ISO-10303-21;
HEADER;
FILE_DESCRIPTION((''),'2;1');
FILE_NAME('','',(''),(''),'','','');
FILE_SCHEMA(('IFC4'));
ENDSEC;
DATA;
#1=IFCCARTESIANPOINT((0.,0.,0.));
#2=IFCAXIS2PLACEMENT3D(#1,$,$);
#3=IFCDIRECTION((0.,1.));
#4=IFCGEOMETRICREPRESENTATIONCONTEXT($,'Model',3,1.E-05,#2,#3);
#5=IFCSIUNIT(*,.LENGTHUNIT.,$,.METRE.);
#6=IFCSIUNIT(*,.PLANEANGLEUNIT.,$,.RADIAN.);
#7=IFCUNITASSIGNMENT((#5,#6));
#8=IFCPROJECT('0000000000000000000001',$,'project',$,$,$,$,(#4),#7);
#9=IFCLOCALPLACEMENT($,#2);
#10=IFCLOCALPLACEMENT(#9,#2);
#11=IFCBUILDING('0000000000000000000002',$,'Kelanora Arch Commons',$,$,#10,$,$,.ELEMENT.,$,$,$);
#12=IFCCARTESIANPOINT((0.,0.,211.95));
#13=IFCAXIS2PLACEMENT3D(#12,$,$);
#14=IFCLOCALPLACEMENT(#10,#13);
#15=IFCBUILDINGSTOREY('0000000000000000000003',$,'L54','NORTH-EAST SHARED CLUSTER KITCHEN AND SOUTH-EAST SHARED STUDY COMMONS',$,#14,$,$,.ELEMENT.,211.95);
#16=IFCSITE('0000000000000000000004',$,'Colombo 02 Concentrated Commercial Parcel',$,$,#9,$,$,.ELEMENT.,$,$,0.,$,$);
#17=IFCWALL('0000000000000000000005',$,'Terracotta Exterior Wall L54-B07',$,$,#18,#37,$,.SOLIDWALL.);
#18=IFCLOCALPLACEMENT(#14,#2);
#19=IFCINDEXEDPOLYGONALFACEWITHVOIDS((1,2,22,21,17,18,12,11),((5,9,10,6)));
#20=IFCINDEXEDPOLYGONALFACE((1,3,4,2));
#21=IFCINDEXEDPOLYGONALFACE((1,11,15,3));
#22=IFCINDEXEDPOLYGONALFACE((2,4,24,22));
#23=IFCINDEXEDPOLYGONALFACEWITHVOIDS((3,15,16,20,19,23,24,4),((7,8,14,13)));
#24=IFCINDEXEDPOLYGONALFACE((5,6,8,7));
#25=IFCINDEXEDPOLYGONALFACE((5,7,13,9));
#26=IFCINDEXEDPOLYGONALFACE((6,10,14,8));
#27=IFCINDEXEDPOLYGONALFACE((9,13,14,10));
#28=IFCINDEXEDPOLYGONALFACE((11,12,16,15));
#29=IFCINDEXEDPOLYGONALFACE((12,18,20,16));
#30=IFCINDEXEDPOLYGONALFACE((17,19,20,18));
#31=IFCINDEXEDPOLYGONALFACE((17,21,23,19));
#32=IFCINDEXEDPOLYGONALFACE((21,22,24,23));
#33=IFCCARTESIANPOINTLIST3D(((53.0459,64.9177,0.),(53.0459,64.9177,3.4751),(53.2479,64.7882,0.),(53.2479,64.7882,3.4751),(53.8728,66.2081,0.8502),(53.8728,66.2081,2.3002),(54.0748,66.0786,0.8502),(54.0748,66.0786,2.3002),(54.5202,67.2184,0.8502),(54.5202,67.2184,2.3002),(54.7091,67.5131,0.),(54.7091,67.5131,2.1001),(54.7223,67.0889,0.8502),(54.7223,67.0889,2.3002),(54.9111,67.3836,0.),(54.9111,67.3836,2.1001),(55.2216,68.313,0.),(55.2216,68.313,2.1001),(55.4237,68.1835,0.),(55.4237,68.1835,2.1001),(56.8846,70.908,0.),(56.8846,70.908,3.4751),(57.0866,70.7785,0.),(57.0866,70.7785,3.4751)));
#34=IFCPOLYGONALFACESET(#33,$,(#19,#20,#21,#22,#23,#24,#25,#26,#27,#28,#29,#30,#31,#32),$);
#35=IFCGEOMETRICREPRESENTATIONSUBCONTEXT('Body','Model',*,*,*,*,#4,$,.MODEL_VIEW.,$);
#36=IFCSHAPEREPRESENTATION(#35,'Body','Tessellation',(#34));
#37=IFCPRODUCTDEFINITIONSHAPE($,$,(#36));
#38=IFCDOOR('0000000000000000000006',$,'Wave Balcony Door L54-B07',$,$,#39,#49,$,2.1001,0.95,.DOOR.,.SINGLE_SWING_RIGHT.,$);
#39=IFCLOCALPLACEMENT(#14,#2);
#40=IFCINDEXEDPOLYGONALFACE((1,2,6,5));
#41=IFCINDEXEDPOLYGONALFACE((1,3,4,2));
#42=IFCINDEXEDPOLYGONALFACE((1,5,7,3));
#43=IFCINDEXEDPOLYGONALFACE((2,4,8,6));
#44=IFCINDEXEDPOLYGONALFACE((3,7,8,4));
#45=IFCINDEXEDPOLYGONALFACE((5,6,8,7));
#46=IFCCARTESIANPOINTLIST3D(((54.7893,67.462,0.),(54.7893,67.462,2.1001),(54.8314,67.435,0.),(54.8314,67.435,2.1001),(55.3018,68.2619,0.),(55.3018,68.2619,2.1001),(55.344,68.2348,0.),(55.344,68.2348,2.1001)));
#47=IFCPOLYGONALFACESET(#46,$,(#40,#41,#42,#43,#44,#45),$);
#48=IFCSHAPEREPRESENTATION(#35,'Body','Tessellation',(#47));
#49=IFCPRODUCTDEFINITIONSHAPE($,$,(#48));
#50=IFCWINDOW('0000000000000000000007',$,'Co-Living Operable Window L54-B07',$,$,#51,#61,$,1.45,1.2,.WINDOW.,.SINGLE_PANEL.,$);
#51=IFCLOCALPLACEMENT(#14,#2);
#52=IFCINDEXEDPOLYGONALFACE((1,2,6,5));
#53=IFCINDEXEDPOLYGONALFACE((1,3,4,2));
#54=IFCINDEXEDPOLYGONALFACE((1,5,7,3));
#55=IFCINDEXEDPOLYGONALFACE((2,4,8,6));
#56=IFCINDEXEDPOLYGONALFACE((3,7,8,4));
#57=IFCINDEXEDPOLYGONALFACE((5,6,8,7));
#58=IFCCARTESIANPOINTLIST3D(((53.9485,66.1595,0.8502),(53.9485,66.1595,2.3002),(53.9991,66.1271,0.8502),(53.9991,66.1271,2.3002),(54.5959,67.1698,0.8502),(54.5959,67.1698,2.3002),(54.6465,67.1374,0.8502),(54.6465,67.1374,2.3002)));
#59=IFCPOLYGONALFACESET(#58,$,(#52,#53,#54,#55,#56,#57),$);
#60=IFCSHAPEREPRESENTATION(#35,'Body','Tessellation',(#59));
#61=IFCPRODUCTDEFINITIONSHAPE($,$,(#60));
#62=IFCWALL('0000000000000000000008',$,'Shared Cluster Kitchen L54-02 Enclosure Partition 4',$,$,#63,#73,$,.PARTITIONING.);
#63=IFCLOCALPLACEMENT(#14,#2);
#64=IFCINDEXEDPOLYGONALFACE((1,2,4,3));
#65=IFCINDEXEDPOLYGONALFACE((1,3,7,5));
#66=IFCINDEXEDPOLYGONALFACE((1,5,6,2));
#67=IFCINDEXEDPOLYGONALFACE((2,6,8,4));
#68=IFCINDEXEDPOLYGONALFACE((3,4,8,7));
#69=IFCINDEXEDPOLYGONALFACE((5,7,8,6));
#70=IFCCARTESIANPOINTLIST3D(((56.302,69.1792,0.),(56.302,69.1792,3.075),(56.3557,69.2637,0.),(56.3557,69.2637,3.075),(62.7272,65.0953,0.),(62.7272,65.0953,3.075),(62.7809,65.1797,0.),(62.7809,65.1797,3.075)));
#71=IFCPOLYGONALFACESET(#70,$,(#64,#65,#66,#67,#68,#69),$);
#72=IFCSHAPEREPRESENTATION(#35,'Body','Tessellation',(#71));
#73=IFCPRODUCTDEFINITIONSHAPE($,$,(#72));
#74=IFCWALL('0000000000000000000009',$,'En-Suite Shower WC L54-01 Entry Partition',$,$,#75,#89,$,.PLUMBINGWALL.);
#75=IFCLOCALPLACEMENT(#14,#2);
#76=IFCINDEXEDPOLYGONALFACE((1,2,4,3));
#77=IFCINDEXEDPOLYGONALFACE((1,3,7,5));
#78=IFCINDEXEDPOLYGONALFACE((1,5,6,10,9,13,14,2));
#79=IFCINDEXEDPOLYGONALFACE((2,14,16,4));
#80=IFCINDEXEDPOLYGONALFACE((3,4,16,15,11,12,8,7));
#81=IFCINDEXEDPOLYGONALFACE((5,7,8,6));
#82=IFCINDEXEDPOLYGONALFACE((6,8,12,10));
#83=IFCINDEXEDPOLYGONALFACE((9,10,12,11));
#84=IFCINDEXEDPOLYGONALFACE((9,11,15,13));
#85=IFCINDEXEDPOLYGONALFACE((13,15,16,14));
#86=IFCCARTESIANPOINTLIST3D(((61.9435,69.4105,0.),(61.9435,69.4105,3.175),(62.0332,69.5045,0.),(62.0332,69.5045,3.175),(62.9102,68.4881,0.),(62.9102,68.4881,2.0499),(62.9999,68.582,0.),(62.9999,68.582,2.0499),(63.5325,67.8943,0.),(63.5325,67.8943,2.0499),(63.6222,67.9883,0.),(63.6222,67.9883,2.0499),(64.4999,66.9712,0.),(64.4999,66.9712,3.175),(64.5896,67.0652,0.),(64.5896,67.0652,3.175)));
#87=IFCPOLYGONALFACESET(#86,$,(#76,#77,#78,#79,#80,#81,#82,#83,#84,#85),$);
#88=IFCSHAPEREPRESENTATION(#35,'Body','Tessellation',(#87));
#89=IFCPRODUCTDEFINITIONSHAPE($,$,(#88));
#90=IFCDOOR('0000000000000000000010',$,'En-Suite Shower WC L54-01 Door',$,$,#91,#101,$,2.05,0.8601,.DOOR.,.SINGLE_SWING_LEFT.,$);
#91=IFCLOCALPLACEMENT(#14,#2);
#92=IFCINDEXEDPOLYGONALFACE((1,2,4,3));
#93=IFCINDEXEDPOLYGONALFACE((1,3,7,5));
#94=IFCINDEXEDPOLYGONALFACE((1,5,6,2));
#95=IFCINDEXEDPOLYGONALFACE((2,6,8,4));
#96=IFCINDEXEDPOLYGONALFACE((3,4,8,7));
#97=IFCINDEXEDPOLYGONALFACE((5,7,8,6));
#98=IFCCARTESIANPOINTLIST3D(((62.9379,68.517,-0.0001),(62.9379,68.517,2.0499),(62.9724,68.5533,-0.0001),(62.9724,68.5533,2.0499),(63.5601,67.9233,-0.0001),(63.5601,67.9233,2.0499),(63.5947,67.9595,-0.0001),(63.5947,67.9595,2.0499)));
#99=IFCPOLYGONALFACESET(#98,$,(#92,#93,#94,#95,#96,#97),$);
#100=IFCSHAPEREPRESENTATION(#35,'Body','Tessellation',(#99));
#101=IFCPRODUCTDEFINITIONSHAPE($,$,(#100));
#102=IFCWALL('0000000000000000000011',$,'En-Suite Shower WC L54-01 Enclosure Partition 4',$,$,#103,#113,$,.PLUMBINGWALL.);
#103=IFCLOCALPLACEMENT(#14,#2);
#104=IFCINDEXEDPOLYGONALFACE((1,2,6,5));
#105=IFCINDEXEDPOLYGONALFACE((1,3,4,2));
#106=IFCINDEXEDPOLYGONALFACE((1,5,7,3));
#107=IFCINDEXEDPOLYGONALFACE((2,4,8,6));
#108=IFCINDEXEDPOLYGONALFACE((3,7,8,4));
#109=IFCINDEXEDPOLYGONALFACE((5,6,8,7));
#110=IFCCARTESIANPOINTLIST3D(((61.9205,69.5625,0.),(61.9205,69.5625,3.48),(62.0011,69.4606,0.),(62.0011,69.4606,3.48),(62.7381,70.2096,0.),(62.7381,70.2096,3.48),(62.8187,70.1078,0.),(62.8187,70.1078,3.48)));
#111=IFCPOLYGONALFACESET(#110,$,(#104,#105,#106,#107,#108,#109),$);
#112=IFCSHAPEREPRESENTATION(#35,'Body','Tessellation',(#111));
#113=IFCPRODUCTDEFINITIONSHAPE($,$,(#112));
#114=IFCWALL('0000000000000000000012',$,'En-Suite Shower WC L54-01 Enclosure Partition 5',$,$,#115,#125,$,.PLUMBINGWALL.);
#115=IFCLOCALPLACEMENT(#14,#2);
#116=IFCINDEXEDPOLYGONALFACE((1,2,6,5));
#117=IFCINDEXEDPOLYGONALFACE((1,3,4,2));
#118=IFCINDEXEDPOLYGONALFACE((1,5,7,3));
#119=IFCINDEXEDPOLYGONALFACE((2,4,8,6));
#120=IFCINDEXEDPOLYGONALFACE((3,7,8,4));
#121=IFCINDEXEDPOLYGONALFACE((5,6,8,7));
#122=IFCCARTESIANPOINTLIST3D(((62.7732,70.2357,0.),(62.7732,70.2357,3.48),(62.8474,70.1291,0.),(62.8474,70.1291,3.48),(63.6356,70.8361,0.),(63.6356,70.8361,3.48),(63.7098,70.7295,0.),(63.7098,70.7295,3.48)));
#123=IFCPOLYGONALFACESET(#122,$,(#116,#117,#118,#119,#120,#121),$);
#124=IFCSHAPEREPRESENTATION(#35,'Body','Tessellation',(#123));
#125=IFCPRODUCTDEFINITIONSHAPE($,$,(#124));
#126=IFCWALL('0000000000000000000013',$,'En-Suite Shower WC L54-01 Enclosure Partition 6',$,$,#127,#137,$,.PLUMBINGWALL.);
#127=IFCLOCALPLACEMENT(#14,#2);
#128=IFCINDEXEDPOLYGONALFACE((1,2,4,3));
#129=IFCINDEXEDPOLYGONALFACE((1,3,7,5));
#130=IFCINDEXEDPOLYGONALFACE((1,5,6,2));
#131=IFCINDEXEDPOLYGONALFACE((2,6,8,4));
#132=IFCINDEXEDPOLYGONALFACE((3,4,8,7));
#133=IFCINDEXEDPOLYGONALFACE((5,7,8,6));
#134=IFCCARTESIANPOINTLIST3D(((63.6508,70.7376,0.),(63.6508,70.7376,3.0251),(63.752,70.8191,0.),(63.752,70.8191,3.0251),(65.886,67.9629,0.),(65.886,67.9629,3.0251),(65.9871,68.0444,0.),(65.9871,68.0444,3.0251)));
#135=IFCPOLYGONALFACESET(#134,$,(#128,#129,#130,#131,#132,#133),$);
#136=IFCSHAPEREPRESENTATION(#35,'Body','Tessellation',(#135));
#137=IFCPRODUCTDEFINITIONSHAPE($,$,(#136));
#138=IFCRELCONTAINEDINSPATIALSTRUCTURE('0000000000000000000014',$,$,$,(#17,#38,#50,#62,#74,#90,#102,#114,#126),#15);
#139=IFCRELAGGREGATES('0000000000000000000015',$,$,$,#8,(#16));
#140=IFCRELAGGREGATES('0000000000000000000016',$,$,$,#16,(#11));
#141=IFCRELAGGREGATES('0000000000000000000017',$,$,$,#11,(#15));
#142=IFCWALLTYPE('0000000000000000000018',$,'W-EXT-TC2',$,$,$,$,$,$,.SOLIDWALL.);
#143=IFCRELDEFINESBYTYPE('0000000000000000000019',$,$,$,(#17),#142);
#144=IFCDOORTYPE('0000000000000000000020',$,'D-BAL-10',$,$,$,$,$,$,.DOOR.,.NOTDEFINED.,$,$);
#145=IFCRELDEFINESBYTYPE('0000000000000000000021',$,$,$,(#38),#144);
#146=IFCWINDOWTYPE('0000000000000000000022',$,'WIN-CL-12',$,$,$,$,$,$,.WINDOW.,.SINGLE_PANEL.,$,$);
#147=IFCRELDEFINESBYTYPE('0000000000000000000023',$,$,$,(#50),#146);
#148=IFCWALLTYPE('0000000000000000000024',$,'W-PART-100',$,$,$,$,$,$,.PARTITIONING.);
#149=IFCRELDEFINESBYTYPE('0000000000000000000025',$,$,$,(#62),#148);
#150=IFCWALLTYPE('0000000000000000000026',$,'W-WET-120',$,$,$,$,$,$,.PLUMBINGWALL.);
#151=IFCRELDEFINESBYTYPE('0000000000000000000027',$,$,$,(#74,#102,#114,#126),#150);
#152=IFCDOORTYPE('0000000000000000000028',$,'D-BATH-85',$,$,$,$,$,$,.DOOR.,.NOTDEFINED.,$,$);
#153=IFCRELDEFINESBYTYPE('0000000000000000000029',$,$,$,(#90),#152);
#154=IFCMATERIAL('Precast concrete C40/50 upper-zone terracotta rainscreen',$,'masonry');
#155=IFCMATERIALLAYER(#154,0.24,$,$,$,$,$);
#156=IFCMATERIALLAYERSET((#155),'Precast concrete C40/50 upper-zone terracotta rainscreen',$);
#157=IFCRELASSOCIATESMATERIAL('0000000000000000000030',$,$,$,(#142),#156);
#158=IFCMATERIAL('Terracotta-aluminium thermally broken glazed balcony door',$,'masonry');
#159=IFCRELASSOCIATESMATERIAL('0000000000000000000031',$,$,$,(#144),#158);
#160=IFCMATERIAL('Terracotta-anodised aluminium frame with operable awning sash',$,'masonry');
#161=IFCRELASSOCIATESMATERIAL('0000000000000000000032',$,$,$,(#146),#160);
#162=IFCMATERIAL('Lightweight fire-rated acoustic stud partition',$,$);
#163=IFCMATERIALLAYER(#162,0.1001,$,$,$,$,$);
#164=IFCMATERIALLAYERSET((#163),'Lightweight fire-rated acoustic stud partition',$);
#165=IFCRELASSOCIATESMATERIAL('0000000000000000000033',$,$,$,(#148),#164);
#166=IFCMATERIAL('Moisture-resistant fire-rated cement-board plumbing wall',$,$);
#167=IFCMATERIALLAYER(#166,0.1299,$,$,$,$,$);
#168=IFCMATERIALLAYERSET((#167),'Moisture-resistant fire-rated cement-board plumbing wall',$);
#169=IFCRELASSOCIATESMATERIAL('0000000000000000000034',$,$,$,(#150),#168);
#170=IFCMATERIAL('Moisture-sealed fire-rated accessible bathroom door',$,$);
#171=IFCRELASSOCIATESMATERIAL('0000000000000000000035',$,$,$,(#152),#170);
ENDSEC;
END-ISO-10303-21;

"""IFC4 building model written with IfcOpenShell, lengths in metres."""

from ifc_helpers import new_model, si_unit, direction, frame, frame_2d, origin, place, context, subcontext, project, spatial, rectangle, extrude, material, layer, layer_set, type_object, element, fill, save


model = new_model("IFC4")

# Units and contexts
model_context = context("Model", 3, precision=1e-05, world=origin(), true_north=direction((0.0, 1.0)))
body_context = subcontext(model_context, "Body", "Model", "MODEL_VIEW")
ifc_project = project(units=[si_unit("LENGTHUNIT", "METRE"), si_unit("PLANEANGLEUNIT", "RADIAN")], contexts=[model_context])

# Site, building, storey
site_placement = place(None, origin())
site = spatial("IfcSite", under=ifc_project, at=site_placement, Name="Colombo 02 Concentrated Commercial Parcel", CompositionType="ELEMENT", RefElevation=0.0)
building_placement = place(site_placement, origin())
building = spatial("IfcBuilding", under=site, at=building_placement, Name="Kelanora Arch Commons", CompositionType="ELEMENT")
storey_placement = place(building_placement, frame((0.0, 0.0, 211.95)))
storey = spatial("IfcBuildingStorey", under=building, at=storey_placement, Name="L54", Description="NORTH-EAST SHARED CLUSTER KITCHEN AND SOUTH-EAST SHARED STUDY COMMONS", CompositionType="ELEMENT", Elevation=211.95)

# Shared definitions
ifc_material_1 = material(Name="Precast concrete C40/50 upper-zone terracotta rainscreen", Category="masonry")
ifc_layer_1 = layer(ifc_material_1, 0.24)
ifc_layer_set_1 = layer_set([ifc_layer_1], Name="Precast concrete C40/50 upper-zone terracotta rainscreen")
wall_type_1 = type_object("IfcWallType", Name="W-EXT-TC2", PredefinedType="SOLIDWALL", material=ifc_layer_set_1)

# Wall, openings, door, window
wall_1_placement = place(storey_placement, frame((56.9856, 70.8433, 0.0), z_axis=(0.0, 0.0, 1.0), x_axis=(-0.53954, -0.84196, 0.0)))
wall_1 = element("IfcWall", 1, at=wall_1_placement, inside=storey, type_object=wall_type_1, Name="Terracotta Exterior Wall L54-B07", PredefinedType="SOLIDWALL", context=body_context, shape_type="SweptSolid", body=[
    extrude(rectangle(XDim=7.1147, YDim=0.24, at=frame_2d((3.5574, 0.0))), origin(), (0.0, 0.0, 1.0), 3.4751),
])
opening_1_placement = place(wall_1_placement, frame((3.082, 0.0, 0.0)))
opening_1 = element("IfcOpeningElement", 2, at=opening_1_placement, cuts=wall_1, PredefinedType="OPENING", context=body_context, shape_type="SweptSolid", body=[
    extrude(rectangle(XDim=0.95, YDim=2.1001, at=frame_2d((0.4751, 1.05))), frame((0.0, 0.1299, 0.0), z_axis=(0.0, -1.0, 0.0), x_axis=(1.0, 0.0, 0.0)), (0.0, 0.0, 1.0), 0.26),
])
opening_2_placement = place(wall_1_placement, frame((4.3821, 0.0, 0.8501)))
opening_2 = element("IfcOpeningElement", 3, at=opening_2_placement, cuts=wall_1, PredefinedType="OPENING", context=body_context, shape_type="SweptSolid", body=[
    extrude(rectangle(XDim=1.2, YDim=1.45, at=frame_2d((0.6001, 0.7251))), frame((0.0, 0.1299, 0.0), z_axis=(0.0, -1.0, 0.0), x_axis=(1.0, 0.0, 0.0)), (0.0, 0.0, 1.0), 0.26),
])
ifc_material_2 = material(Name="Terracotta-aluminium thermally broken glazed balcony door", Category="masonry")
door_type_1 = type_object("IfcDoorType", Name="D-BAL-10", OperationType="NOTDEFINED", PredefinedType="DOOR", material=ifc_material_2)
door_1_placement = place(opening_1_placement, frame((0.95, 0.0, 0.0), z_axis=(0.0, 0.0, 1.0), x_axis=(-1.0, 0.0, 0.0)))
door_1 = element("IfcDoor", 4, at=door_1_placement, inside=storey, type_object=door_type_1, Name="Wave Balcony Door L54-B07", OperationType="SINGLE_SWING_RIGHT", OverallHeight=2.1001, OverallWidth=0.95, PredefinedType="DOOR", context=body_context, shape_type="SweptSolid", body=[
    extrude(rectangle(XDim=0.95, YDim=2.1001, at=frame_2d((0.4751, 1.05))), frame((0.0, 0.0249, 0.0), z_axis=(0.0, -1.0, 0.0), x_axis=(1.0, 0.0, 0.0)), (0.0, 0.0, 1.0), 0.05),
])
fill(opening_1, door_1)
ifc_material_3 = material(Name="Terracotta-anodised aluminium frame with operable awning sash", Category="masonry")
window_type_1 = type_object("IfcWindowType", Name="WIN-CL-12", PartitioningType="SINGLE_PANEL", PredefinedType="WINDOW", material=ifc_material_3)
window_1_placement = place(opening_2_placement, origin())
window_1 = element("IfcWindow", 5, at=window_1_placement, inside=storey, type_object=window_type_1, Name="Co-Living Operable Window L54-B07", OverallHeight=1.45, OverallWidth=1.2, PartitioningType="SINGLE_PANEL", PredefinedType="WINDOW", context=body_context, shape_type="SweptSolid", body=[
    extrude(rectangle(XDim=1.2, YDim=1.45, at=frame_2d((0.6001, 0.7251))), frame((0.0, 0.03, 0.0), z_axis=(0.0, -1.0, 0.0), x_axis=(1.0, 0.0, 0.0)), (0.0, 0.0, 1.0), 0.0601),
])
fill(opening_2, window_1)

# Wall
ifc_material_4 = material(Name="Lightweight fire-rated acoustic stud partition")
ifc_layer_2 = layer(ifc_material_4, 0.1001)
ifc_layer_set_2 = layer_set([ifc_layer_2], Name="Lightweight fire-rated acoustic stud partition")
wall_type_2 = type_object("IfcWallType", Name="W-PART-100", PredefinedType="PARTITIONING", material=ifc_layer_set_2)
wall_2_placement = place(storey_placement, frame((56.3289, 69.2214, 0.0), z_axis=(0.0, 0.0, 1.0), x_axis=(0.843949, -0.536423, 0.0)))
element("IfcWall", 6, at=wall_2_placement, inside=storey, type_object=wall_type_2, Name="Shared Cluster Kitchen L54-02 Enclosure Partition 4", PredefinedType="PARTITIONING", context=body_context, shape_type="SweptSolid", body=[
    extrude(rectangle(XDim=7.6133, YDim=0.1001, at=frame_2d((3.8066, 0.0))), origin(), (0.0, 0.0, 1.0), 3.075),
])

# Wall, opening, door
ifc_material_5 = material(Name="Moisture-resistant fire-rated cement-board plumbing wall")
ifc_layer_3 = layer(ifc_material_5, 0.1299)
ifc_layer_set_3 = layer_set([ifc_layer_3], Name="Moisture-resistant fire-rated cement-board plumbing wall")
wall_type_3 = type_object("IfcWallType", Name="W-WET-120", PredefinedType="PLUMBINGWALL", material=ifc_layer_set_3)
wall_3_placement = place(storey_placement, frame((64.5447, 67.0183, 0.0), z_axis=(0.0, 0.0, 1.0), x_axis=(-0.723495, 0.690329, 0.0)))
wall_3 = element("IfcWall", 7, at=wall_3_placement, inside=storey, type_object=wall_type_3, Name="En-Suite Shower WC L54-01 Entry Partition", PredefinedType="PLUMBINGWALL", context=body_context, shape_type="SweptSolid", body=[
    extrude(rectangle(XDim=3.5334, YDim=0.1299, at=frame_2d((1.7666, 0.0))), origin(), (0.0, 0.0, 1.0), 3.175),
])
opening_3_placement = place(wall_3_placement, frame((1.3369, 0.0, 0.0)))
opening_3 = element("IfcOpeningElement", 8, at=opening_3_placement, cuts=wall_3, PredefinedType="OPENING", context=body_context, shape_type="SweptSolid", body=[
    extrude(rectangle(XDim=0.8601, YDim=2.05, at=frame_2d((0.4302, 1.0249))), frame((0.0, 0.075, 0.0), z_axis=(0.0, -1.0, 0.0), x_axis=(1.0, 0.0, 0.0)), (0.0, 0.0, 1.0), 0.1499),
])
ifc_material_6 = material(Name="Moisture-sealed fire-rated accessible bathroom door")
door_type_2 = type_object("IfcDoorType", Name="D-BATH-85", OperationType="NOTDEFINED", PredefinedType="DOOR", material=ifc_material_6)
door_2_placement = place(opening_3_placement, origin())
door_2 = element("IfcDoor", 9, at=door_2_placement, inside=storey, type_object=door_type_2, Name="En-Suite Shower WC L54-01 Door", OperationType="SINGLE_SWING_LEFT", OverallHeight=2.05, OverallWidth=0.8601, PredefinedType="DOOR", context=body_context, shape_type="SweptSolid", body=[
    extrude(rectangle(XDim=0.8601, YDim=2.05, at=frame_2d((0.4302, 1.0249))), frame((0.0, 0.0249, 0.0), z_axis=(0.0, -1.0, 0.0), x_axis=(1.0, 0.0, 0.0)), (0.0, 0.0, 1.0), 0.05),
])
fill(opening_3, door_2)

# Walls
wall_4_placement = place(storey_placement, frame((61.9607, 69.5115, 0.0), z_axis=(0.0, 0.0, 1.0), x_axis=(0.784079, 0.620661, 0.0)))
element("IfcWall", 10, at=wall_4_placement, inside=storey, type_object=wall_type_3, Name="En-Suite Shower WC L54-01 Enclosure Partition 4", PredefinedType="PLUMBINGWALL", context=body_context, shape_type="SweptSolid", body=[
    extrude(rectangle(XDim=1.0427, YDim=0.1299, at=frame_2d((0.5215, 0.0))), origin(), (0.0, 0.0, 1.0), 3.48),
])
wall_5_placement = place(storey_placement, frame((62.8103, 70.1824, 0.0), z_axis=(0.0, 0.0, 1.0), x_axis=(0.820692, 0.571371, 0.0)))
element("IfcWall", 11, at=wall_5_placement, inside=storey, type_object=wall_type_3, Name="En-Suite Shower WC L54-01 Enclosure Partition 5", PredefinedType="PLUMBINGWALL", context=body_context, shape_type="SweptSolid", body=[
    extrude(rectangle(XDim=1.0508, YDim=0.1299, at=frame_2d((0.5254, 0.0))), origin(), (0.0, 0.0, 1.0), 3.48),
])
wall_6_placement = place(storey_placement, frame((63.7014, 70.7783, 0.0), z_axis=(0.0, 0.0, 1.0), x_axis=(0.627324, -0.778759, 0.0)))
element("IfcWall", 12, at=wall_6_placement, inside=storey, type_object=wall_type_3, Name="En-Suite Shower WC L54-01 Enclosure Partition 6", PredefinedType="PLUMBINGWALL", context=body_context, shape_type="SweptSolid", body=[
    extrude(rectangle(XDim=3.563, YDim=0.1299, at=frame_2d((1.7815, 0.0))), origin(), (0.0, 0.0, 1.0), 3.0251),
])

save(model, "model.ifc")
